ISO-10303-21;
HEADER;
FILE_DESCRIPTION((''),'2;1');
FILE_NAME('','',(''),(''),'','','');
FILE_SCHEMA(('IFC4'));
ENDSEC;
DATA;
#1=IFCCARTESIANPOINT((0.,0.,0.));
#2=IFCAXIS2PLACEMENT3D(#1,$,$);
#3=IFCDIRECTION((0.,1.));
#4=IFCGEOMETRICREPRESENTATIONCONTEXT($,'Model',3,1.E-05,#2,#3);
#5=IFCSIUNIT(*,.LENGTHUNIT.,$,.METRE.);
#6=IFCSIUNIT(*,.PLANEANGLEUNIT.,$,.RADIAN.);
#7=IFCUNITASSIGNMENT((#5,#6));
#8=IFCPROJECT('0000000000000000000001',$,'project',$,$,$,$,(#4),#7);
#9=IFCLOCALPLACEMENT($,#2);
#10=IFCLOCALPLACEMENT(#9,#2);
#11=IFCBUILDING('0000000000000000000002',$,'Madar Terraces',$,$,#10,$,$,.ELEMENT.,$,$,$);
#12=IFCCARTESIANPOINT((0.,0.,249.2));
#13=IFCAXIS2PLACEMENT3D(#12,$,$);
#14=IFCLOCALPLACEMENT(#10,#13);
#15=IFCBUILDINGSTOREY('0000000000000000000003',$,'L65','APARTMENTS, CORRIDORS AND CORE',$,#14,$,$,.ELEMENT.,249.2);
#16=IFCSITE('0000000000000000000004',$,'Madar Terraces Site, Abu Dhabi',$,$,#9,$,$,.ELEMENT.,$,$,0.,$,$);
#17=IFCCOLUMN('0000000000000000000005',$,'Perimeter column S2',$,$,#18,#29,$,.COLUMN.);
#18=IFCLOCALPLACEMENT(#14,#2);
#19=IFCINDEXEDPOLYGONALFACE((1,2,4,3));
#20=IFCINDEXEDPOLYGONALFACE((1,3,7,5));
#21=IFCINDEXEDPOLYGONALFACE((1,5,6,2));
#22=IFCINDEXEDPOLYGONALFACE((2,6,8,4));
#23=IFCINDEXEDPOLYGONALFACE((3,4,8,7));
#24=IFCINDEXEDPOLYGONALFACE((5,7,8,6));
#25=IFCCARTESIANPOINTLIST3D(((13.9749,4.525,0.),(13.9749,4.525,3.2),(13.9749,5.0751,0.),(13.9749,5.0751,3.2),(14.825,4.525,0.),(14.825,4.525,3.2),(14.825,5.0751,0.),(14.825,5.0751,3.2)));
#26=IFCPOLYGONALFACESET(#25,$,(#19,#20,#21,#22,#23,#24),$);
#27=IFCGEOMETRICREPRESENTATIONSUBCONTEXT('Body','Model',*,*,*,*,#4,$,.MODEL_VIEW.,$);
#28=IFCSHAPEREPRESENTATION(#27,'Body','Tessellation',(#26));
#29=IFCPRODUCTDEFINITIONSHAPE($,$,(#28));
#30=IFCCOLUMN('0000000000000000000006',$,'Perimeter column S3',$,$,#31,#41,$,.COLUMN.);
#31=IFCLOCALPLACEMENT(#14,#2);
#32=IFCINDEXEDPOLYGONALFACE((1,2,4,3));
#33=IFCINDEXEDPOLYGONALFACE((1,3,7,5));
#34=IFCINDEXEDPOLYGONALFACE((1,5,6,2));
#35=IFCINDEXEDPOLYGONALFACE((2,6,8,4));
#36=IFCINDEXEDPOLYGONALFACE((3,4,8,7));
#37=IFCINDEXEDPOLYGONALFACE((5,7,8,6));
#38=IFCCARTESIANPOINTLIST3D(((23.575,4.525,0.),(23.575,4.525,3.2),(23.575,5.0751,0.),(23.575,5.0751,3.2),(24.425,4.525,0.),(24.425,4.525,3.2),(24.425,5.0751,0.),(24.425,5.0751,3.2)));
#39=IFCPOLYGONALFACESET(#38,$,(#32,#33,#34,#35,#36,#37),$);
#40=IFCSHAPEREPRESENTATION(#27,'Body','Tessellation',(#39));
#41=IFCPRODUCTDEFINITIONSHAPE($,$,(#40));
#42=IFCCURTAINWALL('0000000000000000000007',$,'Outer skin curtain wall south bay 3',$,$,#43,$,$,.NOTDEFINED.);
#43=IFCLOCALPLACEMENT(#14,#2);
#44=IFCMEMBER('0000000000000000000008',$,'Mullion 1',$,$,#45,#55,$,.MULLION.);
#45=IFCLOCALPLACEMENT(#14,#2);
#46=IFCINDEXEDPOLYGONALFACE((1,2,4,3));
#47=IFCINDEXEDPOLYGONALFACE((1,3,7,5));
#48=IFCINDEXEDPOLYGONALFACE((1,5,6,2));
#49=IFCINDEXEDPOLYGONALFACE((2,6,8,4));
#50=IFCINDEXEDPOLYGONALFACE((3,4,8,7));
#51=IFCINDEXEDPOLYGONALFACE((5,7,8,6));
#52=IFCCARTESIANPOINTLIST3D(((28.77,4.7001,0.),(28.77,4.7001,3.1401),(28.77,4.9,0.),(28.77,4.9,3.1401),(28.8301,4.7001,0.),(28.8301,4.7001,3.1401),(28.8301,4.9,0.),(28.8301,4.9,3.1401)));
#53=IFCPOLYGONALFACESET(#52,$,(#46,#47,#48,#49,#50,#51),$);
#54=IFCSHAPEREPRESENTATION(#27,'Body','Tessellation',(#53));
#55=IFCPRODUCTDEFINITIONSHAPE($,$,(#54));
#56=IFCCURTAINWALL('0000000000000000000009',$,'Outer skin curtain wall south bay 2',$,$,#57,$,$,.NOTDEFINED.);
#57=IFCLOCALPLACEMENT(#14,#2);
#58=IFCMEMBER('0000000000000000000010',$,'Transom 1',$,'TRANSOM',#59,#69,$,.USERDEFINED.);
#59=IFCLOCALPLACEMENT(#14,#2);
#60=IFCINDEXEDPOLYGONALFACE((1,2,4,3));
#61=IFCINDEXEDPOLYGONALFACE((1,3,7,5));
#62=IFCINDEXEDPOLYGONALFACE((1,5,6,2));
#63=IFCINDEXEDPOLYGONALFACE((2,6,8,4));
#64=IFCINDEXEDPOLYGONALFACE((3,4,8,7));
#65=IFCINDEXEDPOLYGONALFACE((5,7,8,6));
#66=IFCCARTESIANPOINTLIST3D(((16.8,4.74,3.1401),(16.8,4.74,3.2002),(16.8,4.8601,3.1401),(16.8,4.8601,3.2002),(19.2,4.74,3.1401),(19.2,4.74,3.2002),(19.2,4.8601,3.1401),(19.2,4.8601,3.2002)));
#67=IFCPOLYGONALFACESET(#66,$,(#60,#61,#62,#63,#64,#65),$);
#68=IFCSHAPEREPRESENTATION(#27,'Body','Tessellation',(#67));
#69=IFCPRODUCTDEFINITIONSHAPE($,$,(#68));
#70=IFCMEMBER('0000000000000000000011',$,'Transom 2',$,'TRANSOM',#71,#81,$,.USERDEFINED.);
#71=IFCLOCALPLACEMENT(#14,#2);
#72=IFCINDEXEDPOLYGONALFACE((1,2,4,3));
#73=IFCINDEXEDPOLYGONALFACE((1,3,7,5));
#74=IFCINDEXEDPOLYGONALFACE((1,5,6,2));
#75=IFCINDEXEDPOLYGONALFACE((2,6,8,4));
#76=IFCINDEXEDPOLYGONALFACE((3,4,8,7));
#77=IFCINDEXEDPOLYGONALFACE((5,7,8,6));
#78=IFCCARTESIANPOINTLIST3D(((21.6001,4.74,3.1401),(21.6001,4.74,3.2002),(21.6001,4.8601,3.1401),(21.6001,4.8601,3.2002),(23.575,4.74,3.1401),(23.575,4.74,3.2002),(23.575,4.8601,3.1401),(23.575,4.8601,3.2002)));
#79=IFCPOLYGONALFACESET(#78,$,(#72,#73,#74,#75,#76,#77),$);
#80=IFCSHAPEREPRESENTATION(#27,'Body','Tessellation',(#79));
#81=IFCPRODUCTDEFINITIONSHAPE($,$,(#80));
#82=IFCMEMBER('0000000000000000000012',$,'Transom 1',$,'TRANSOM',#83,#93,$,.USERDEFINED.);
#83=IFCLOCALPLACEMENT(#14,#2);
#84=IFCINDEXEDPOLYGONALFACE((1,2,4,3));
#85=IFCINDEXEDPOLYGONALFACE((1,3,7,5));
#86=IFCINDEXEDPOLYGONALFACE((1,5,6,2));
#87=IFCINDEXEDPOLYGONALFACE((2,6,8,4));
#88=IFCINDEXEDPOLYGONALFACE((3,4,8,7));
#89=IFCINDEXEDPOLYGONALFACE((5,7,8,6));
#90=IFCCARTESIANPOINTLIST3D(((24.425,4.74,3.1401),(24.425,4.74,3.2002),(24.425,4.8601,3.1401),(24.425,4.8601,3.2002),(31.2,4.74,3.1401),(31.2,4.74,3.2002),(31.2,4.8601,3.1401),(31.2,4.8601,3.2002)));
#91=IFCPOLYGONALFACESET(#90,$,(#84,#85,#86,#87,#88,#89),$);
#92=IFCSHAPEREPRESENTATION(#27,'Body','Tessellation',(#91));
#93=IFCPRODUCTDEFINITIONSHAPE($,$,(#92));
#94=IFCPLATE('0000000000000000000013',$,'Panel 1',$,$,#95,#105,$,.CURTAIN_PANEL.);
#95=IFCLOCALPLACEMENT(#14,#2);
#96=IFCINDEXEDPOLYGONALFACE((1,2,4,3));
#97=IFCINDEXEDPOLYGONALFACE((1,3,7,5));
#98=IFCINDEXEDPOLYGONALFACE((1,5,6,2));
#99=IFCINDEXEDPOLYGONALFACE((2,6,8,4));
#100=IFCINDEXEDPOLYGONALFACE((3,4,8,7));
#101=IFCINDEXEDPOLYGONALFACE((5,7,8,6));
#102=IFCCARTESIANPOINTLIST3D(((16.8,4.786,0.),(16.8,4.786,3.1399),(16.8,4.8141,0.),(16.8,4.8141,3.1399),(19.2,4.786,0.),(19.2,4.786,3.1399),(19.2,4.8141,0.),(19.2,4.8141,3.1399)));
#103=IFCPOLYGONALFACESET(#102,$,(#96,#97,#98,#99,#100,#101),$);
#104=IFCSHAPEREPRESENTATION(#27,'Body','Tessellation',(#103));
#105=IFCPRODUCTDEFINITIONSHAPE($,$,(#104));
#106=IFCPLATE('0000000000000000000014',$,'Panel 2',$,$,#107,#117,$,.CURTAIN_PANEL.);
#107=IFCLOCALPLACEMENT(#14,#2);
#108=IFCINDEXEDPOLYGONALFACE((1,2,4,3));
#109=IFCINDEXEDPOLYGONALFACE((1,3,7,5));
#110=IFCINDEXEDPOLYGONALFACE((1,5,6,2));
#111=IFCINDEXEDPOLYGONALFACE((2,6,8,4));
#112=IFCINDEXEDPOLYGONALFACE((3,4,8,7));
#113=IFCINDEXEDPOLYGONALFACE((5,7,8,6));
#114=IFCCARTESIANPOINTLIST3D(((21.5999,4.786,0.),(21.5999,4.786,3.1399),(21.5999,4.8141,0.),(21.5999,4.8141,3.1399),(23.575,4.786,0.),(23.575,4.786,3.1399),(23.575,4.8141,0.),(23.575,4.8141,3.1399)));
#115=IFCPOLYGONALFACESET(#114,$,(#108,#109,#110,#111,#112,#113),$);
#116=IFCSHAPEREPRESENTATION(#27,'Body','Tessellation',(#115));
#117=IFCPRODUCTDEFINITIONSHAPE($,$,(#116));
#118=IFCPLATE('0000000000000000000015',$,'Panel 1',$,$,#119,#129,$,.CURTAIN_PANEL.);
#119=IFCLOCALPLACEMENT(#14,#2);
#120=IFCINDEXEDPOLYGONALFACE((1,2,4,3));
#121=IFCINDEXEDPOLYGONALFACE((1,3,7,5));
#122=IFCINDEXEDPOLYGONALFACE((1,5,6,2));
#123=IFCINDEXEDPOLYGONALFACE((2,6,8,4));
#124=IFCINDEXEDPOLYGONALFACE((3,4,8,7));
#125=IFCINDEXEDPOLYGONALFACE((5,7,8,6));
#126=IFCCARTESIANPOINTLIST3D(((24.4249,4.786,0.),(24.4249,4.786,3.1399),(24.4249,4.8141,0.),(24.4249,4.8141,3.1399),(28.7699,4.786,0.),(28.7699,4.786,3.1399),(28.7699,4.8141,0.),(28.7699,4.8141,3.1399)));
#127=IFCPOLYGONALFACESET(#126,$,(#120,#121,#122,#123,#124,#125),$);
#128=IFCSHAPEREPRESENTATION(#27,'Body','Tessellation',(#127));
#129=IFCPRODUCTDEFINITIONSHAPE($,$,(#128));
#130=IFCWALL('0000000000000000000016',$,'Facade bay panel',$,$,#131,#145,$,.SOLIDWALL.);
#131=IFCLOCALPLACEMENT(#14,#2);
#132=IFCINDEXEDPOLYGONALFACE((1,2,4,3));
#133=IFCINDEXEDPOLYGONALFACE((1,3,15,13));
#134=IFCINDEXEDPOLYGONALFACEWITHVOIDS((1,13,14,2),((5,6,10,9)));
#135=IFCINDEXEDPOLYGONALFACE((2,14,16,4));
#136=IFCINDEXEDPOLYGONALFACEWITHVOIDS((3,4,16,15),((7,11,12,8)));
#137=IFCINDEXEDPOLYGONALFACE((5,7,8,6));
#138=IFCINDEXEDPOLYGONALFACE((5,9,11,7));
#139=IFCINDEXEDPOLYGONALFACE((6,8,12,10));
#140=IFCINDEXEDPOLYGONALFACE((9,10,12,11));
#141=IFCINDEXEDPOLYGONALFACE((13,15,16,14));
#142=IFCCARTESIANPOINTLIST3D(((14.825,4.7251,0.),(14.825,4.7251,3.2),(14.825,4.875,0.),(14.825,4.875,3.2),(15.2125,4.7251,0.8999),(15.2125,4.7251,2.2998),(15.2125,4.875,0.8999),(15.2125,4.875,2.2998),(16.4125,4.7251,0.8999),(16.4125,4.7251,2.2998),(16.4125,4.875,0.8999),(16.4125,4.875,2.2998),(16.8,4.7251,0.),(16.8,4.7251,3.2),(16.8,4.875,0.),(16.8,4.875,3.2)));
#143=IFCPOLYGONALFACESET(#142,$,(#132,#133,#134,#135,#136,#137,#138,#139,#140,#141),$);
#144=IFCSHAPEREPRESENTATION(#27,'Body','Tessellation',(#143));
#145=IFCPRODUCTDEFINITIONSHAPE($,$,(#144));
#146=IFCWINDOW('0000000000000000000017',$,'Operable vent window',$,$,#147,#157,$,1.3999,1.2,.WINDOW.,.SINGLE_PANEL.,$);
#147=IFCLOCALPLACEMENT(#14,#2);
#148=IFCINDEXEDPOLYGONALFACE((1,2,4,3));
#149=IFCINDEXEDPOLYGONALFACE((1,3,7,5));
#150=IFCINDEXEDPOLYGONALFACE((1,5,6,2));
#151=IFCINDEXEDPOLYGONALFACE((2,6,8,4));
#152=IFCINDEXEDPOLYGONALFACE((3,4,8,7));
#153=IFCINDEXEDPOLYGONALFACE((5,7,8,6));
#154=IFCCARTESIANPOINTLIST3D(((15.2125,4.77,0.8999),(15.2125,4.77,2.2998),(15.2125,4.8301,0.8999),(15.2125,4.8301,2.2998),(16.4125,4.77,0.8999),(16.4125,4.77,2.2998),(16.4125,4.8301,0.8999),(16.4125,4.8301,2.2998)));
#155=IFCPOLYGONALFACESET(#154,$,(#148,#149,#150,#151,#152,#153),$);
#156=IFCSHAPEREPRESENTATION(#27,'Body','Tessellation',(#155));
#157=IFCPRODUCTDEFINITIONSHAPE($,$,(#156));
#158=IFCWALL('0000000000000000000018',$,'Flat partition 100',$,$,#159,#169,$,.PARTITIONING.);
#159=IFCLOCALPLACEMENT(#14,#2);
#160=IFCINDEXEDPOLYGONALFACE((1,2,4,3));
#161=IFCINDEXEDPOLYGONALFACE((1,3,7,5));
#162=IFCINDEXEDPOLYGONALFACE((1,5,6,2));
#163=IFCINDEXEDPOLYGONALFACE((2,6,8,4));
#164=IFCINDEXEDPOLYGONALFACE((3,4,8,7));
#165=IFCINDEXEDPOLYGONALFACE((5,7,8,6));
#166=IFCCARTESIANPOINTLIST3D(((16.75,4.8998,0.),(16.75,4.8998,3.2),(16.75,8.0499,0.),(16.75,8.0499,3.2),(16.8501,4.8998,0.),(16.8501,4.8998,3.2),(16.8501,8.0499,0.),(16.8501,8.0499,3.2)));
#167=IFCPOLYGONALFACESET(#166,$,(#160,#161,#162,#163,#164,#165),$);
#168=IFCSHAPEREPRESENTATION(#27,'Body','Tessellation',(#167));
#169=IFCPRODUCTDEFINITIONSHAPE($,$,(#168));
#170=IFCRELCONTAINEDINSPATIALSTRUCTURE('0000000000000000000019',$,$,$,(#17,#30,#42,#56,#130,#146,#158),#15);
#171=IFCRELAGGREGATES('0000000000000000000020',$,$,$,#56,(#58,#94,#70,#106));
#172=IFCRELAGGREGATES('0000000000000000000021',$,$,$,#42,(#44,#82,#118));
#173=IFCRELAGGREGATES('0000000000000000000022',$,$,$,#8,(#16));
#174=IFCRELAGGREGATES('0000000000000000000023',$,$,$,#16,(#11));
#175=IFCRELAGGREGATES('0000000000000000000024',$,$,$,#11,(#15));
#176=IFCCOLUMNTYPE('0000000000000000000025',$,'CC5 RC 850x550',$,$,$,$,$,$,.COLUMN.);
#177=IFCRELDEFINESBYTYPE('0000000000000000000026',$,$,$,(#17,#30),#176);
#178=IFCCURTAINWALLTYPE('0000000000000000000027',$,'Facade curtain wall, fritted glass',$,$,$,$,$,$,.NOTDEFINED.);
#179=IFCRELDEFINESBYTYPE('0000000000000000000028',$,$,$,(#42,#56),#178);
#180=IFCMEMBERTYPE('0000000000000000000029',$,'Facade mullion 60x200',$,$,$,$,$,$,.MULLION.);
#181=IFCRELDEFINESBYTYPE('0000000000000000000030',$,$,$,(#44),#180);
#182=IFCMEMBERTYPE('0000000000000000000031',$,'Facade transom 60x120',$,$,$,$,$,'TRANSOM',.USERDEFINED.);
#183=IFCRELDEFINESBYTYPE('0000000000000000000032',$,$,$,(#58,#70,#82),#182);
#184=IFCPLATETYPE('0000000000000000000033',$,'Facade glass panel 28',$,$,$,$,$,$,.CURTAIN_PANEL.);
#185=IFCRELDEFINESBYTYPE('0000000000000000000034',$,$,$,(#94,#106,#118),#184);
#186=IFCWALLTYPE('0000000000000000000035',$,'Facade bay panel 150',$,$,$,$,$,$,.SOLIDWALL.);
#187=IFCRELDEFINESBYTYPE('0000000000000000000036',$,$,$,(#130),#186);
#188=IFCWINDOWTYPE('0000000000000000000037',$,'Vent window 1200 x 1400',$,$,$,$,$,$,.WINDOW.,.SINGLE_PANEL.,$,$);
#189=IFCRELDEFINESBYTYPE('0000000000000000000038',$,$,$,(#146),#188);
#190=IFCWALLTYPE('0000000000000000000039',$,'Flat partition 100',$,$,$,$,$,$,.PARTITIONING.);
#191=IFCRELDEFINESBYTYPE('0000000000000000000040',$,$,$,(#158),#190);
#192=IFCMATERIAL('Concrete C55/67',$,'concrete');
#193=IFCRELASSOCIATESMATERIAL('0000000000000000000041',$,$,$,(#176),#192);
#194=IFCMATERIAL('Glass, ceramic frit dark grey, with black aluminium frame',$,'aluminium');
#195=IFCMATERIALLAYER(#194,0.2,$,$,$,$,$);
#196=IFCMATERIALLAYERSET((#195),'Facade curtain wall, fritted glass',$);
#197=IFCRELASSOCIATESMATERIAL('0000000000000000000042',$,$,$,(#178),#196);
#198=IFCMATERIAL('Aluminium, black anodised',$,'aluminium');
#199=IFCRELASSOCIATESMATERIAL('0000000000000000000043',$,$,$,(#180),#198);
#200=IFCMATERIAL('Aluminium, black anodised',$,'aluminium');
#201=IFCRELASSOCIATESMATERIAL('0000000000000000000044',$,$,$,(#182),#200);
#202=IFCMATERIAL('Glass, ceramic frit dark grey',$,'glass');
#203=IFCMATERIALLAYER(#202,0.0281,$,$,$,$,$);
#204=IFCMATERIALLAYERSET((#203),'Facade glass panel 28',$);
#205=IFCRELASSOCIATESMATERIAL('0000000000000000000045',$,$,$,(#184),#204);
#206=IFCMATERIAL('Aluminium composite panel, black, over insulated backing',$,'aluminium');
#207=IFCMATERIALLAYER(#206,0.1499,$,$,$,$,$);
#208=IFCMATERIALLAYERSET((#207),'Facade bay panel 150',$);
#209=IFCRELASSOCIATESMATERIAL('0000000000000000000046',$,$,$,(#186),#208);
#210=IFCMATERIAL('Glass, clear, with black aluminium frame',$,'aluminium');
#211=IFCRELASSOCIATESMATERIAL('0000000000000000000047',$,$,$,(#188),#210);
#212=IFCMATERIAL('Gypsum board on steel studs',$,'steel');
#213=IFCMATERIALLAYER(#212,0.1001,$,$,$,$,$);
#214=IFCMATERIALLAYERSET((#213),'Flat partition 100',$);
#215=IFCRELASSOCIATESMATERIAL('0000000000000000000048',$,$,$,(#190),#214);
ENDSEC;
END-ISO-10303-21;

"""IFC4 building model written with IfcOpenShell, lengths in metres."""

from ifc_helpers import new_model, si_unit, direction, frame, frame_2d, origin, origin_2d, place, context, subcontext, project, spatial, rectangle, extrude, material, layer, layer_set, material_profile, profile_set, type_object, element, fill, aggregate, save


model = new_model("IFC4")

# Units and contexts
model_context = context("Model", 3, precision=1e-05, world=origin(), true_north=direction((0.0, 1.0)))
body_context = subcontext(model_context, "Body", "Model", "MODEL_VIEW")
ifc_project = project(units=[si_unit("LENGTHUNIT", "METRE"), si_unit("PLANEANGLEUNIT", "RADIAN")], contexts=[model_context])

# Site, building, storey
site_placement = place(None, origin())
site = spatial("IfcSite", under=ifc_project, at=site_placement, Name="Madar Terraces Site, Abu Dhabi", CompositionType="ELEMENT", RefElevation=0.0)
building_placement = place(site_placement, origin())
building = spatial("IfcBuilding", under=site, at=building_placement, Name="Madar Terraces", CompositionType="ELEMENT")
storey_placement = place(building_placement, frame((0.0, 0.0, 249.2)))
storey = spatial("IfcBuildingStorey", under=building, at=storey_placement, Name="L65", Description="APARTMENTS, CORRIDORS AND CORE", CompositionType="ELEMENT", Elevation=249.2)

# Columns
ifc_material_1 = material(Name="Concrete C55/67", Category="concrete")
ifc_material_profile_1 = material_profile(ifc_material_1, rectangle(XDim=0.8501, YDim=0.55, at=origin_2d()), Name="CC5 RC 850x550")
ifc_profile_set_1 = profile_set([ifc_material_profile_1], Name="Concrete C55/67")
column_type = type_object("IfcColumnType", Name="CC5 RC 850x550", PredefinedType="COLUMN", material=ifc_profile_set_1)
for number, where, z_axis, x_axis, name in (
    (1, (14.3999, 4.8, 0.0), (0.0, 0.0, 1.0), (1.0, 0.0, 0.0), "Perimeter column S2"),
    (2, (24.0, 4.8, 0.0), (0.0, 0.0, 1.0), (1.0, 0.0, 0.0), "Perimeter column S3"),
):
    element("IfcColumn", number, at=place(storey_placement, frame(where, z_axis=z_axis, x_axis=x_axis)), inside=storey, type_object=column_type, Name=name, PredefinedType="COLUMN", context=body_context, shape_type="SweptSolid", body=[
        extrude(rectangle(XDim=0.8501, YDim=0.55, at=origin_2d()), origin(), (0.0, 0.0, 1.0), 3.2),
    ])

# Curtain wall, member
ifc_material_2 = material(Name="Glass, ceramic frit dark grey, with black aluminium frame", Category="aluminium")
ifc_layer_1 = layer(ifc_material_2, 0.2)
ifc_layer_set_1 = layer_set([ifc_layer_1], Name="Facade curtain wall, fritted glass")
curtain_wall_type = type_object("IfcCurtainWallType", Name="Facade curtain wall, fritted glass", PredefinedType="NOTDEFINED", material=ifc_layer_set_1)
curtain_wall_1_placement = place(storey_placement, origin())
curtain_wall_1 = element("IfcCurtainWall", 3, at=curtain_wall_1_placement, inside=storey, type_object=curtain_wall_type, Name="Outer skin curtain wall south bay 3", PredefinedType="NOTDEFINED")
ifc_material_3 = material(Name="Aluminium, black anodised", Category="aluminium")
ifc_material_profile_2 = material_profile(ifc_material_3, rectangle(XDim=0.2, YDim=0.0601, at=origin_2d()), Name="Facade mullion 60x200")
ifc_profile_set_2 = profile_set([ifc_material_profile_2], Name="Aluminium, black anodised")
member_type_1 = type_object("IfcMemberType", Name="Facade mullion 60x200", PredefinedType="MULLION", material=ifc_profile_set_2)
member_1_placement = place(storey_placement, frame((28.8, 4.8, 0.0), z_axis=(0.0, 0.0, 1.0), x_axis=(0.0, 1.0, 0.0)))
member_1 = element("IfcMember", 4, at=member_1_placement, type_object=member_type_1, Name="Mullion 1", PredefinedType="MULLION", context=body_context, shape_type="SweptSolid", body=[
    extrude(rectangle(XDim=0.2, YDim=0.0601, at=origin_2d()), origin(), (0.0, 0.0, 1.0), 3.1401),
])

# Curtain wall, members
curtain_wall_2_placement = place(storey_placement, origin())
curtain_wall_2 = element("IfcCurtainWall", 5, at=curtain_wall_2_placement, inside=storey, type_object=curtain_wall_type, Name="Outer skin curtain wall south bay 2", PredefinedType="NOTDEFINED")
ifc_material_4 = material(Name="Aluminium, black anodised", Category="aluminium")
ifc_material_profile_3 = material_profile(ifc_material_4, rectangle(XDim=0.1201, YDim=0.0601, at=origin_2d()), Name="Facade transom 60x120")
ifc_profile_set_3 = profile_set([ifc_material_profile_3], Name="Aluminium, black anodised")
member_type_2 = type_object("IfcMemberType", Name="Facade transom 60x120", ElementType="TRANSOM", PredefinedType="USERDEFINED", material=ifc_profile_set_3)
member_2_placement = place(storey_placement, frame((16.8, 4.8, 3.1702), z_axis=(1.0, 0.0, 0.0), x_axis=(0.0, 1.0, 0.0)))
member_2 = element("IfcMember", 6, at=member_2_placement, type_object=member_type_2, Name="Transom 1", ObjectType="TRANSOM", PredefinedType="USERDEFINED", context=body_context, shape_type="SweptSolid", body=[
    extrude(rectangle(XDim=0.1201, YDim=0.0601, at=origin_2d()), origin(), (0.0, 0.0, 1.0), 2.3999),
])
member_3_placement = place(storey_placement, frame((21.6001, 4.8, 3.1702), z_axis=(1.0, 0.0, 0.0), x_axis=(0.0, 1.0, 0.0)))
member_3 = element("IfcMember", 7, at=member_3_placement, type_object=member_type_2, Name="Transom 2", ObjectType="TRANSOM", PredefinedType="USERDEFINED", context=body_context, shape_type="SweptSolid", body=[
    extrude(rectangle(XDim=0.1201, YDim=0.0601, at=origin_2d()), origin(), (0.0, 0.0, 1.0), 1.9749),
])

# Member
member_4_placement = place(storey_placement, frame((24.425, 4.8, 3.1702), z_axis=(1.0, 0.0, 0.0), x_axis=(0.0, 1.0, 0.0)))
member_4 = element("IfcMember", 8, at=member_4_placement, type_object=member_type_2, Name="Transom 1", ObjectType="TRANSOM", PredefinedType="USERDEFINED", context=body_context, shape_type="SweptSolid", body=[
    extrude(rectangle(XDim=0.1201, YDim=0.0601, at=origin_2d()), origin(), (0.0, 0.0, 1.0), 6.7749),
])

# Plates
ifc_material_5 = material(Name="Glass, ceramic frit dark grey", Category="glass")
ifc_layer_2 = layer(ifc_material_5, 0.0281)
ifc_layer_set_2 = layer_set([ifc_layer_2], Name="Facade glass panel 28")
plate_type = type_object("IfcPlateType", Name="Facade glass panel 28", PredefinedType="CURTAIN_PANEL", material=ifc_layer_set_2)
plate_1_placement = place(storey_placement, frame((18.0, 4.8, 0.0), z_axis=(0.0, 0.0, 1.0), x_axis=(1.0, 0.0, 0.0)))
plate_1 = element("IfcPlate", 9, at=plate_1_placement, type_object=plate_type, Name="Panel 1", PredefinedType="CURTAIN_PANEL", context=body_context, shape_type="SweptSolid", body=[
    extrude(rectangle(XDim=2.3999, YDim=0.0281, at=origin_2d()), origin(), (0.0, 0.0, 1.0), 3.1399),
])
plate_2_placement = place(storey_placement, frame((22.5874, 4.8, 0.0), z_axis=(0.0, 0.0, 1.0), x_axis=(1.0, 0.0, 0.0)))
plate_2 = element("IfcPlate", 10, at=plate_2_placement, type_object=plate_type, Name="Panel 2", PredefinedType="CURTAIN_PANEL", context=body_context, shape_type="SweptSolid", body=[
    extrude(rectangle(XDim=1.9751, YDim=0.0281, at=origin_2d()), origin(), (0.0, 0.0, 1.0), 3.1399),
])
aggregate(curtain_wall_2, [member_2, plate_1, member_3, plate_2])
plate_3_placement = place(storey_placement, frame((26.5974, 4.8, 0.0), z_axis=(0.0, 0.0, 1.0), x_axis=(1.0, 0.0, 0.0)))
plate_3 = element("IfcPlate", 11, at=plate_3_placement, type_object=plate_type, Name="Panel 1", PredefinedType="CURTAIN_PANEL", context=body_context, shape_type="SweptSolid", body=[
    extrude(rectangle(XDim=4.345, YDim=0.0281, at=origin_2d()), origin(), (0.0, 0.0, 1.0), 3.1399),
])
aggregate(curtain_wall_1, [member_1, member_4, plate_3])

# Wall, opening, window
ifc_material_6 = material(Name="Aluminium composite panel, black, over insulated backing", Category="aluminium")
ifc_layer_3 = layer(ifc_material_6, 0.1499)
ifc_layer_set_3 = layer_set([ifc_layer_3], Name="Facade bay panel 150")
wall_type_1 = type_object("IfcWallType", Name="Facade bay panel 150", PredefinedType="SOLIDWALL", material=ifc_layer_set_3)
wall_1_placement = place(storey_placement, frame((14.825, 4.8, 0.0), z_axis=(0.0, 0.0, 1.0), x_axis=(1.0, 0.0, 0.0)))
wall_1 = element("IfcWall", 12, at=wall_1_placement, inside=storey, type_object=wall_type_1, Name="Facade bay panel", PredefinedType="SOLIDWALL", context=body_context, shape_type="SweptSolid", body=[
    extrude(rectangle(XDim=1.9751, YDim=0.1499, at=frame_2d((0.9875, 0.0))), origin(), (0.0, 0.0, 1.0), 3.2),
])
opening_1_placement = place(wall_1_placement, frame((0.3875, 0.0, 0.8999)))
opening_1 = element("IfcOpeningElement", 13, at=opening_1_placement, cuts=wall_1, PredefinedType="OPENING", context=body_context, shape_type="SweptSolid", body=[
    extrude(rectangle(XDim=1.2, YDim=1.3999, at=frame_2d((0.6001, 0.7))), frame((0.0, 0.085, 0.0), z_axis=(0.0, -1.0, 0.0), x_axis=(1.0, 0.0, 0.0)), (0.0, 0.0, 1.0), 0.1699),
])
ifc_material_7 = material(Name="Glass, clear, with black aluminium frame", Category="aluminium")
window_type = type_object("IfcWindowType", Name="Vent window 1200 x 1400", PartitioningType="SINGLE_PANEL", PredefinedType="WINDOW", material=ifc_material_7)
window_placement = place(opening_1_placement, origin())
window = element("IfcWindow", 14, at=window_placement, inside=storey, type_object=window_type, Name="Operable vent window", OverallHeight=1.3999, OverallWidth=1.2, PartitioningType="SINGLE_PANEL", PredefinedType="WINDOW", context=body_context, shape_type="SweptSolid", body=[
    extrude(rectangle(XDim=1.2, YDim=1.3999, at=frame_2d((0.6001, 0.7))), frame((0.0, 0.03, 0.0), z_axis=(0.0, -1.0, 0.0), x_axis=(1.0, 0.0, 0.0)), (0.0, 0.0, 1.0), 0.0601),
])
fill(opening_1, window)

# Wall
ifc_material_8 = material(Name="Gypsum board on steel studs", Category="steel")
ifc_layer_4 = layer(ifc_material_8, 0.1001)
ifc_layer_set_4 = layer_set([ifc_layer_4], Name="Flat partition 100")
wall_type_2 = type_object("IfcWallType", Name="Flat partition 100", PredefinedType="PARTITIONING", material=ifc_layer_set_4)
wall_2_placement = place(storey_placement, frame((16.8, 8.05, 0.0), z_axis=(0.0, 0.0, 1.0), x_axis=(0.0, -1.0, 0.0)))
element("IfcWall", 15, at=wall_2_placement, inside=storey, type_object=wall_type_2, Name="Flat partition 100", PredefinedType="PARTITIONING", context=body_context, shape_type="SweptSolid", body=[
    extrude(rectangle(XDim=3.1501, YDim=0.1001, at=frame_2d((1.5752, 0.0))), origin(), (0.0, 0.0, 1.0), 3.2),
])

save(model, "model.ifc")
